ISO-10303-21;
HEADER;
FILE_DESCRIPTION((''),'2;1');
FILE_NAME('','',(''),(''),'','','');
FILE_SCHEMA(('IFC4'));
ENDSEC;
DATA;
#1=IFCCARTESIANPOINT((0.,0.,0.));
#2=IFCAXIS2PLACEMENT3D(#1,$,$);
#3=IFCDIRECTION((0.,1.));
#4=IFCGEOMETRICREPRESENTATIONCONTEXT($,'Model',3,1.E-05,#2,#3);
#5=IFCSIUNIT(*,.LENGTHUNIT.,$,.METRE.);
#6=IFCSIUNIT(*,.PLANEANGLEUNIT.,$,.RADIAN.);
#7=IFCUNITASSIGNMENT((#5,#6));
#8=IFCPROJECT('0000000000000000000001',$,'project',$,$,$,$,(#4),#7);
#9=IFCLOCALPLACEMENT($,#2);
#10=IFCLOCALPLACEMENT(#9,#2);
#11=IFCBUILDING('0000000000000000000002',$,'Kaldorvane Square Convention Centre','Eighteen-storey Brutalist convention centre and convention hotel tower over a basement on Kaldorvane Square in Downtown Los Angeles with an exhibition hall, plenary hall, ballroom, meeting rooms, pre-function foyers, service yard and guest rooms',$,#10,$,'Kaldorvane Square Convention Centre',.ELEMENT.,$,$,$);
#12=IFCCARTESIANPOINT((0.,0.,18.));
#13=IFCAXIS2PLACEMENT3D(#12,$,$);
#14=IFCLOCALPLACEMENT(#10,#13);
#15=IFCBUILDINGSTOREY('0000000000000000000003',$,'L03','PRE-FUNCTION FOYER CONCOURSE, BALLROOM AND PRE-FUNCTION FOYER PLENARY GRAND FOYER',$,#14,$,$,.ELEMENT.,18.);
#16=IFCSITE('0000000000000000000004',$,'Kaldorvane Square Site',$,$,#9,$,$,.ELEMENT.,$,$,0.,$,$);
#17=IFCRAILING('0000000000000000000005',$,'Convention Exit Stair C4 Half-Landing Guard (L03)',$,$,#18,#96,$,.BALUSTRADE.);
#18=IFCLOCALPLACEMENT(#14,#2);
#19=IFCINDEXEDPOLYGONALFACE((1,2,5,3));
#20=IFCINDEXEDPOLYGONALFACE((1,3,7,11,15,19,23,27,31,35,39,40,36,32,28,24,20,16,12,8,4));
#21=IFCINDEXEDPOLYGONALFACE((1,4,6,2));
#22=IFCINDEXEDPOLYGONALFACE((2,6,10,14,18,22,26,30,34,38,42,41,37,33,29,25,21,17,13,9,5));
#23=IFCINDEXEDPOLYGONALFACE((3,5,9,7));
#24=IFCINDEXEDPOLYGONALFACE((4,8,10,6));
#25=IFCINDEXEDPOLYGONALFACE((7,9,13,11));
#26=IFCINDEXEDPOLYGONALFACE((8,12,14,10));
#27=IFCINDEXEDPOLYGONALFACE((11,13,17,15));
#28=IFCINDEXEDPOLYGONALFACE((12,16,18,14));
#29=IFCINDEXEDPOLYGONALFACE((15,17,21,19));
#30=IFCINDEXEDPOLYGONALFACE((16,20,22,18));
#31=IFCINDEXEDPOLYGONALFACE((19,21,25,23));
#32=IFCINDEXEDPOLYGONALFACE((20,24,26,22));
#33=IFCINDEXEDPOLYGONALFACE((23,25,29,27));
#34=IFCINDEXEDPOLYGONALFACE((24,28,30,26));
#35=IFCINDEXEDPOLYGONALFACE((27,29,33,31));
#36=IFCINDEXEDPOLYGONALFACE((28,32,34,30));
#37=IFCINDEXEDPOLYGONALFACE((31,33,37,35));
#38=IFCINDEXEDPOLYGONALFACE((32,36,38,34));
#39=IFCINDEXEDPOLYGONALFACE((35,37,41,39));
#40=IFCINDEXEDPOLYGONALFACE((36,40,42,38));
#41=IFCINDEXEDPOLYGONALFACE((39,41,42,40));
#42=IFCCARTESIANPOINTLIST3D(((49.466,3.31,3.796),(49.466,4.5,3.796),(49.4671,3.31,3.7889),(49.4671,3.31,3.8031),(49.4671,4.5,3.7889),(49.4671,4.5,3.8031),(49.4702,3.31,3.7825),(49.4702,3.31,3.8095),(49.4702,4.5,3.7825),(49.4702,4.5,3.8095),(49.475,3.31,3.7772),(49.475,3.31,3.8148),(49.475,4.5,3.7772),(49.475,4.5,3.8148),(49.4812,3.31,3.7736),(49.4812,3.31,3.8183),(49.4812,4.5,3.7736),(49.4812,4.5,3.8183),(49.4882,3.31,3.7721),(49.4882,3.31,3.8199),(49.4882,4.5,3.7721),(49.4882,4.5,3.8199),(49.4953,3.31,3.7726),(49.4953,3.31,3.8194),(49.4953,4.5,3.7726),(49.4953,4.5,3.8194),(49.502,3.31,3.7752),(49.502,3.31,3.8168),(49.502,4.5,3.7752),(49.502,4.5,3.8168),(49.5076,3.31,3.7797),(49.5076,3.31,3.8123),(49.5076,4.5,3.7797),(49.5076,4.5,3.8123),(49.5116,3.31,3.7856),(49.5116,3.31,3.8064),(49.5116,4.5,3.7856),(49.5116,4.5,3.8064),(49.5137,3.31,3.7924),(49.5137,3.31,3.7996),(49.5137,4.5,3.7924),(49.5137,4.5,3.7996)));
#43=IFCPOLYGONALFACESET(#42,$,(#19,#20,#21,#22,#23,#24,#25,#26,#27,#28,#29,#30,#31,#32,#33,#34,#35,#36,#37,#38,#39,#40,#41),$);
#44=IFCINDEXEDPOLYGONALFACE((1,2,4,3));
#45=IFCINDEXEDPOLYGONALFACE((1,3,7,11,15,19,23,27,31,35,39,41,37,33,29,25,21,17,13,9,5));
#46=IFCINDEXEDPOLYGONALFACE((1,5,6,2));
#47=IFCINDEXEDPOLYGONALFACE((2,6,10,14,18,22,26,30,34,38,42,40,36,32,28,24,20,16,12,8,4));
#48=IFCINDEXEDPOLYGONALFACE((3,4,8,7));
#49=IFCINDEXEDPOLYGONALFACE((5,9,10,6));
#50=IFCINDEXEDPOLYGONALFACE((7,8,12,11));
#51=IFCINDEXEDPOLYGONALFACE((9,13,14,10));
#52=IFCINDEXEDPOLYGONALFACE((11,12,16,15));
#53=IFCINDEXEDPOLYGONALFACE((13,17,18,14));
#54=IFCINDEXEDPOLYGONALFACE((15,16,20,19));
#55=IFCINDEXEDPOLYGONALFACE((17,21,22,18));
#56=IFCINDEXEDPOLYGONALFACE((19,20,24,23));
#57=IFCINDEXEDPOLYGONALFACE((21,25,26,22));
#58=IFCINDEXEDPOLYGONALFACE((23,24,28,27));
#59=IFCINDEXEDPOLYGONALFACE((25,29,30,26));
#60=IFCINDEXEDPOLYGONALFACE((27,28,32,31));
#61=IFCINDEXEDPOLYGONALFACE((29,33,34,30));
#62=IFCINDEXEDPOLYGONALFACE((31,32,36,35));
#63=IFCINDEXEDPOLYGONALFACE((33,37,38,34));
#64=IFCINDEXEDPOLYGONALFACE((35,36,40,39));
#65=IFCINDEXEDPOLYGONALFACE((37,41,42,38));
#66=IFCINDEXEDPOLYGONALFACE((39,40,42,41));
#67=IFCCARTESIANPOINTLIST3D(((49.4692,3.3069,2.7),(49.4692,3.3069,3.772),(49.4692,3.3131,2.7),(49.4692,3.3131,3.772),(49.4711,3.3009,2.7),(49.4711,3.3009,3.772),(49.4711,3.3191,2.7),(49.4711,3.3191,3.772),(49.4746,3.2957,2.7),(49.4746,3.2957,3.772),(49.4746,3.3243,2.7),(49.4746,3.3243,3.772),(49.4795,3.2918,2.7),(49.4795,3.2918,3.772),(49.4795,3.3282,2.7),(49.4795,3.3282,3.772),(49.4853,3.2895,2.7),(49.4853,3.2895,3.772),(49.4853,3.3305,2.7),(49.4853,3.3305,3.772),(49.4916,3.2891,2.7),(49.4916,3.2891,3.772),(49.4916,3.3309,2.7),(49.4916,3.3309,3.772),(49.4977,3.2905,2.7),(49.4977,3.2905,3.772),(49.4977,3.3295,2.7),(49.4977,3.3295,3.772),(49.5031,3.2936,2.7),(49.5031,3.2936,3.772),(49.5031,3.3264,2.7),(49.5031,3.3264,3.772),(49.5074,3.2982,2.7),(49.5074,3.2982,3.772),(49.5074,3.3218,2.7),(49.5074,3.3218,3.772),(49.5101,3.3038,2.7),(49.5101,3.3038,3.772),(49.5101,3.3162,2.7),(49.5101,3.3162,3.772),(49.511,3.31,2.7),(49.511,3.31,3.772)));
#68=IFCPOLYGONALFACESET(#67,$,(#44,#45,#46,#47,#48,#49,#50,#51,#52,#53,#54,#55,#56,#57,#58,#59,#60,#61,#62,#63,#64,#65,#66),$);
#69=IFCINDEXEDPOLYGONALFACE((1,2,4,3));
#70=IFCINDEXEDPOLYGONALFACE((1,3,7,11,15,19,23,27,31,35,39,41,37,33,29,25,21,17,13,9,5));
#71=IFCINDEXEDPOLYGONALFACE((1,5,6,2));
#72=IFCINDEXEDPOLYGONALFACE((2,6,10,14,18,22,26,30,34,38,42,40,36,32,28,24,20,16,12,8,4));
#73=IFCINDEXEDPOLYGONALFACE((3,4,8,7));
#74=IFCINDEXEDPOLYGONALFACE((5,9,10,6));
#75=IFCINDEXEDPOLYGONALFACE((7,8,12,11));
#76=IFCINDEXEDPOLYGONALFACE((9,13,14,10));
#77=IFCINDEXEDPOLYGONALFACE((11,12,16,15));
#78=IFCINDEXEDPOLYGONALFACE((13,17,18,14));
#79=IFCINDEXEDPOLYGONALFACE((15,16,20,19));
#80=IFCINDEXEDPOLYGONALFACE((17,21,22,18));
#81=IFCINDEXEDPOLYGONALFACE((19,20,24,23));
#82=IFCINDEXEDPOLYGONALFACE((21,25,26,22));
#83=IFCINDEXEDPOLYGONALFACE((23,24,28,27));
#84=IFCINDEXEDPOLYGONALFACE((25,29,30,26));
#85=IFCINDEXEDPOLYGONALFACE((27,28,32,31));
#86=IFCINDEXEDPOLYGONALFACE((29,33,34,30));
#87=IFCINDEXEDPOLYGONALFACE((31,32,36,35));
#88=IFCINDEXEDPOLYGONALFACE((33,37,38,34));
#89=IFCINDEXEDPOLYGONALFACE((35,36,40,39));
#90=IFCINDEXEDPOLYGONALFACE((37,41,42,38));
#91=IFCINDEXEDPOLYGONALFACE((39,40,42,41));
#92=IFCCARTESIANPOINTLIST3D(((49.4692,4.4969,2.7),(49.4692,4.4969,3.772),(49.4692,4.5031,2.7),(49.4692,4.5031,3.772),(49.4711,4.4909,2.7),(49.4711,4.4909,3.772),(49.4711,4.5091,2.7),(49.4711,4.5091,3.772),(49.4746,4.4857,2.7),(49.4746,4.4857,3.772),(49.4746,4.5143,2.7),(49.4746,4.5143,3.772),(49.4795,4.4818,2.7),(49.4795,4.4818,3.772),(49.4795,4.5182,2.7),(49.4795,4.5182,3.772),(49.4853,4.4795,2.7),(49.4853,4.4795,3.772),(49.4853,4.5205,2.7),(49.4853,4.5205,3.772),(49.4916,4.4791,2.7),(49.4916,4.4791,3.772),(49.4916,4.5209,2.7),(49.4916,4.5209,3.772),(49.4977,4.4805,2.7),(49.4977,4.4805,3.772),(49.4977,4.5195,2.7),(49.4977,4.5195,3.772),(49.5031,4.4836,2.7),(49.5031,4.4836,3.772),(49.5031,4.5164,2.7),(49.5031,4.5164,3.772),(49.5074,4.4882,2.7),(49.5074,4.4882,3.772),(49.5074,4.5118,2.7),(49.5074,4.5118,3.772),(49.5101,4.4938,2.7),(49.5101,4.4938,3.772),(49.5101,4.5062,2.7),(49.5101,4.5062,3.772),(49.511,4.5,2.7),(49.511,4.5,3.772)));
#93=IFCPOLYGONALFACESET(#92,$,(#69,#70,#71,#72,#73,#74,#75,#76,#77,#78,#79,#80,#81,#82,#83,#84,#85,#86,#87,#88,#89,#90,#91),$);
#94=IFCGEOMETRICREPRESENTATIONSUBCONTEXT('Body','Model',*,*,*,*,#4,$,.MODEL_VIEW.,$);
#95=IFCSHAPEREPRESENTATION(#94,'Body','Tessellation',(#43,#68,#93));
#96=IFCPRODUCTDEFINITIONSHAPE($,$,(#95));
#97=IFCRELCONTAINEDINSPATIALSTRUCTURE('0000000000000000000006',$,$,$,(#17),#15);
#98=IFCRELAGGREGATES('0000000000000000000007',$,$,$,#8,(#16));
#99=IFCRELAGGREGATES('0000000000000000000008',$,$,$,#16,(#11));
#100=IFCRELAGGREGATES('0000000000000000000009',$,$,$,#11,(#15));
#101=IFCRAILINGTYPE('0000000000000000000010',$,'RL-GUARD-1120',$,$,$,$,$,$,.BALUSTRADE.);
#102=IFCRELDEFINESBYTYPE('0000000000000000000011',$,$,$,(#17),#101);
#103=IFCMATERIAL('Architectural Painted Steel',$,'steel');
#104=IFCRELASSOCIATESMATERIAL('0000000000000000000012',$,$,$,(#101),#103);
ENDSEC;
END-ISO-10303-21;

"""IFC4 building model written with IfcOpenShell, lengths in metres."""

from ifc_helpers import new_model, si_unit, direction, frame, origin, origin_2d, place, context, subcontext, project, spatial, circle, extrude, material, type_object, element, save


model = new_model("IFC4")

# Units and contexts
model_context = context("Model", 3, precision=1e-05, world=origin(), true_north=direction((0.0, 1.0)))
body_context = subcontext(model_context, "Body", "Model", "MODEL_VIEW")
ifc_project = project(units=[si_unit("LENGTHUNIT", "METRE"), si_unit("PLANEANGLEUNIT", "RADIAN")], contexts=[model_context])

# Site, building, storey
site_placement = place(None, origin())
site = spatial("IfcSite", under=ifc_project, at=site_placement, Name="Kaldorvane Square Site", CompositionType="ELEMENT", RefElevation=0.0)
building_placement = place(site_placement, origin())
building = spatial("IfcBuilding", under=site, at=building_placement, Name="Kaldorvane Square Convention Centre", Description="Eighteen-storey Brutalist convention centre and convention hotel tower over a basement on Kaldorvane Square in Downtown Los Angeles with an exhibition hall, plenary hall, ballroom, meeting rooms, pre-function foyers, service yard and guest rooms", LongName="Kaldorvane Square Convention Centre", CompositionType="ELEMENT")
storey_placement = place(building_placement, frame((0.0, 0.0, 18.0)))
storey = spatial("IfcBuildingStorey", under=building, at=storey_placement, Name="L03", Description="PRE-FUNCTION FOYER CONCOURSE, BALLROOM AND PRE-FUNCTION FOYER PLENARY GRAND FOYER", CompositionType="ELEMENT", Elevation=18.0)

# Railing
ifc_material_1 = material(Name="Architectural Painted Steel", Category="steel")
railing_type_1 = type_object("IfcRailingType", Name="RL-GUARD-1120", PredefinedType="BALUSTRADE", material=ifc_material_1)
for number, where, name in (
    (1, (49.49, 3.31, 2.7), "Convention Exit Stair C4 Half-Landing Guard (L03)"),
):
    element("IfcRailing", number, at=place(storey_placement, frame(where)), inside=storey, type_object=railing_type_1, Name=name, PredefinedType="BALUSTRADE", context=body_context, shape_type="SweptSolid", body=[
        extrude(circle(Radius=0.024, at=origin_2d()), frame((0.0, 0.0, 1.096), z_axis=(0.0, 1.0, 0.0), x_axis=(-1.0, 0.0, 0.0)), (0.0, 0.0, 1.0), 1.19),
        extrude(circle(Radius=0.021, at=origin_2d()), origin(), (0.0, 0.0, 1.0), 1.072),
        extrude(circle(Radius=0.021, at=origin_2d()), frame((0.0, 1.19, 0.0)), (0.0, 0.0, 1.0), 1.072),
    ])

save(model, "model.ifc")
